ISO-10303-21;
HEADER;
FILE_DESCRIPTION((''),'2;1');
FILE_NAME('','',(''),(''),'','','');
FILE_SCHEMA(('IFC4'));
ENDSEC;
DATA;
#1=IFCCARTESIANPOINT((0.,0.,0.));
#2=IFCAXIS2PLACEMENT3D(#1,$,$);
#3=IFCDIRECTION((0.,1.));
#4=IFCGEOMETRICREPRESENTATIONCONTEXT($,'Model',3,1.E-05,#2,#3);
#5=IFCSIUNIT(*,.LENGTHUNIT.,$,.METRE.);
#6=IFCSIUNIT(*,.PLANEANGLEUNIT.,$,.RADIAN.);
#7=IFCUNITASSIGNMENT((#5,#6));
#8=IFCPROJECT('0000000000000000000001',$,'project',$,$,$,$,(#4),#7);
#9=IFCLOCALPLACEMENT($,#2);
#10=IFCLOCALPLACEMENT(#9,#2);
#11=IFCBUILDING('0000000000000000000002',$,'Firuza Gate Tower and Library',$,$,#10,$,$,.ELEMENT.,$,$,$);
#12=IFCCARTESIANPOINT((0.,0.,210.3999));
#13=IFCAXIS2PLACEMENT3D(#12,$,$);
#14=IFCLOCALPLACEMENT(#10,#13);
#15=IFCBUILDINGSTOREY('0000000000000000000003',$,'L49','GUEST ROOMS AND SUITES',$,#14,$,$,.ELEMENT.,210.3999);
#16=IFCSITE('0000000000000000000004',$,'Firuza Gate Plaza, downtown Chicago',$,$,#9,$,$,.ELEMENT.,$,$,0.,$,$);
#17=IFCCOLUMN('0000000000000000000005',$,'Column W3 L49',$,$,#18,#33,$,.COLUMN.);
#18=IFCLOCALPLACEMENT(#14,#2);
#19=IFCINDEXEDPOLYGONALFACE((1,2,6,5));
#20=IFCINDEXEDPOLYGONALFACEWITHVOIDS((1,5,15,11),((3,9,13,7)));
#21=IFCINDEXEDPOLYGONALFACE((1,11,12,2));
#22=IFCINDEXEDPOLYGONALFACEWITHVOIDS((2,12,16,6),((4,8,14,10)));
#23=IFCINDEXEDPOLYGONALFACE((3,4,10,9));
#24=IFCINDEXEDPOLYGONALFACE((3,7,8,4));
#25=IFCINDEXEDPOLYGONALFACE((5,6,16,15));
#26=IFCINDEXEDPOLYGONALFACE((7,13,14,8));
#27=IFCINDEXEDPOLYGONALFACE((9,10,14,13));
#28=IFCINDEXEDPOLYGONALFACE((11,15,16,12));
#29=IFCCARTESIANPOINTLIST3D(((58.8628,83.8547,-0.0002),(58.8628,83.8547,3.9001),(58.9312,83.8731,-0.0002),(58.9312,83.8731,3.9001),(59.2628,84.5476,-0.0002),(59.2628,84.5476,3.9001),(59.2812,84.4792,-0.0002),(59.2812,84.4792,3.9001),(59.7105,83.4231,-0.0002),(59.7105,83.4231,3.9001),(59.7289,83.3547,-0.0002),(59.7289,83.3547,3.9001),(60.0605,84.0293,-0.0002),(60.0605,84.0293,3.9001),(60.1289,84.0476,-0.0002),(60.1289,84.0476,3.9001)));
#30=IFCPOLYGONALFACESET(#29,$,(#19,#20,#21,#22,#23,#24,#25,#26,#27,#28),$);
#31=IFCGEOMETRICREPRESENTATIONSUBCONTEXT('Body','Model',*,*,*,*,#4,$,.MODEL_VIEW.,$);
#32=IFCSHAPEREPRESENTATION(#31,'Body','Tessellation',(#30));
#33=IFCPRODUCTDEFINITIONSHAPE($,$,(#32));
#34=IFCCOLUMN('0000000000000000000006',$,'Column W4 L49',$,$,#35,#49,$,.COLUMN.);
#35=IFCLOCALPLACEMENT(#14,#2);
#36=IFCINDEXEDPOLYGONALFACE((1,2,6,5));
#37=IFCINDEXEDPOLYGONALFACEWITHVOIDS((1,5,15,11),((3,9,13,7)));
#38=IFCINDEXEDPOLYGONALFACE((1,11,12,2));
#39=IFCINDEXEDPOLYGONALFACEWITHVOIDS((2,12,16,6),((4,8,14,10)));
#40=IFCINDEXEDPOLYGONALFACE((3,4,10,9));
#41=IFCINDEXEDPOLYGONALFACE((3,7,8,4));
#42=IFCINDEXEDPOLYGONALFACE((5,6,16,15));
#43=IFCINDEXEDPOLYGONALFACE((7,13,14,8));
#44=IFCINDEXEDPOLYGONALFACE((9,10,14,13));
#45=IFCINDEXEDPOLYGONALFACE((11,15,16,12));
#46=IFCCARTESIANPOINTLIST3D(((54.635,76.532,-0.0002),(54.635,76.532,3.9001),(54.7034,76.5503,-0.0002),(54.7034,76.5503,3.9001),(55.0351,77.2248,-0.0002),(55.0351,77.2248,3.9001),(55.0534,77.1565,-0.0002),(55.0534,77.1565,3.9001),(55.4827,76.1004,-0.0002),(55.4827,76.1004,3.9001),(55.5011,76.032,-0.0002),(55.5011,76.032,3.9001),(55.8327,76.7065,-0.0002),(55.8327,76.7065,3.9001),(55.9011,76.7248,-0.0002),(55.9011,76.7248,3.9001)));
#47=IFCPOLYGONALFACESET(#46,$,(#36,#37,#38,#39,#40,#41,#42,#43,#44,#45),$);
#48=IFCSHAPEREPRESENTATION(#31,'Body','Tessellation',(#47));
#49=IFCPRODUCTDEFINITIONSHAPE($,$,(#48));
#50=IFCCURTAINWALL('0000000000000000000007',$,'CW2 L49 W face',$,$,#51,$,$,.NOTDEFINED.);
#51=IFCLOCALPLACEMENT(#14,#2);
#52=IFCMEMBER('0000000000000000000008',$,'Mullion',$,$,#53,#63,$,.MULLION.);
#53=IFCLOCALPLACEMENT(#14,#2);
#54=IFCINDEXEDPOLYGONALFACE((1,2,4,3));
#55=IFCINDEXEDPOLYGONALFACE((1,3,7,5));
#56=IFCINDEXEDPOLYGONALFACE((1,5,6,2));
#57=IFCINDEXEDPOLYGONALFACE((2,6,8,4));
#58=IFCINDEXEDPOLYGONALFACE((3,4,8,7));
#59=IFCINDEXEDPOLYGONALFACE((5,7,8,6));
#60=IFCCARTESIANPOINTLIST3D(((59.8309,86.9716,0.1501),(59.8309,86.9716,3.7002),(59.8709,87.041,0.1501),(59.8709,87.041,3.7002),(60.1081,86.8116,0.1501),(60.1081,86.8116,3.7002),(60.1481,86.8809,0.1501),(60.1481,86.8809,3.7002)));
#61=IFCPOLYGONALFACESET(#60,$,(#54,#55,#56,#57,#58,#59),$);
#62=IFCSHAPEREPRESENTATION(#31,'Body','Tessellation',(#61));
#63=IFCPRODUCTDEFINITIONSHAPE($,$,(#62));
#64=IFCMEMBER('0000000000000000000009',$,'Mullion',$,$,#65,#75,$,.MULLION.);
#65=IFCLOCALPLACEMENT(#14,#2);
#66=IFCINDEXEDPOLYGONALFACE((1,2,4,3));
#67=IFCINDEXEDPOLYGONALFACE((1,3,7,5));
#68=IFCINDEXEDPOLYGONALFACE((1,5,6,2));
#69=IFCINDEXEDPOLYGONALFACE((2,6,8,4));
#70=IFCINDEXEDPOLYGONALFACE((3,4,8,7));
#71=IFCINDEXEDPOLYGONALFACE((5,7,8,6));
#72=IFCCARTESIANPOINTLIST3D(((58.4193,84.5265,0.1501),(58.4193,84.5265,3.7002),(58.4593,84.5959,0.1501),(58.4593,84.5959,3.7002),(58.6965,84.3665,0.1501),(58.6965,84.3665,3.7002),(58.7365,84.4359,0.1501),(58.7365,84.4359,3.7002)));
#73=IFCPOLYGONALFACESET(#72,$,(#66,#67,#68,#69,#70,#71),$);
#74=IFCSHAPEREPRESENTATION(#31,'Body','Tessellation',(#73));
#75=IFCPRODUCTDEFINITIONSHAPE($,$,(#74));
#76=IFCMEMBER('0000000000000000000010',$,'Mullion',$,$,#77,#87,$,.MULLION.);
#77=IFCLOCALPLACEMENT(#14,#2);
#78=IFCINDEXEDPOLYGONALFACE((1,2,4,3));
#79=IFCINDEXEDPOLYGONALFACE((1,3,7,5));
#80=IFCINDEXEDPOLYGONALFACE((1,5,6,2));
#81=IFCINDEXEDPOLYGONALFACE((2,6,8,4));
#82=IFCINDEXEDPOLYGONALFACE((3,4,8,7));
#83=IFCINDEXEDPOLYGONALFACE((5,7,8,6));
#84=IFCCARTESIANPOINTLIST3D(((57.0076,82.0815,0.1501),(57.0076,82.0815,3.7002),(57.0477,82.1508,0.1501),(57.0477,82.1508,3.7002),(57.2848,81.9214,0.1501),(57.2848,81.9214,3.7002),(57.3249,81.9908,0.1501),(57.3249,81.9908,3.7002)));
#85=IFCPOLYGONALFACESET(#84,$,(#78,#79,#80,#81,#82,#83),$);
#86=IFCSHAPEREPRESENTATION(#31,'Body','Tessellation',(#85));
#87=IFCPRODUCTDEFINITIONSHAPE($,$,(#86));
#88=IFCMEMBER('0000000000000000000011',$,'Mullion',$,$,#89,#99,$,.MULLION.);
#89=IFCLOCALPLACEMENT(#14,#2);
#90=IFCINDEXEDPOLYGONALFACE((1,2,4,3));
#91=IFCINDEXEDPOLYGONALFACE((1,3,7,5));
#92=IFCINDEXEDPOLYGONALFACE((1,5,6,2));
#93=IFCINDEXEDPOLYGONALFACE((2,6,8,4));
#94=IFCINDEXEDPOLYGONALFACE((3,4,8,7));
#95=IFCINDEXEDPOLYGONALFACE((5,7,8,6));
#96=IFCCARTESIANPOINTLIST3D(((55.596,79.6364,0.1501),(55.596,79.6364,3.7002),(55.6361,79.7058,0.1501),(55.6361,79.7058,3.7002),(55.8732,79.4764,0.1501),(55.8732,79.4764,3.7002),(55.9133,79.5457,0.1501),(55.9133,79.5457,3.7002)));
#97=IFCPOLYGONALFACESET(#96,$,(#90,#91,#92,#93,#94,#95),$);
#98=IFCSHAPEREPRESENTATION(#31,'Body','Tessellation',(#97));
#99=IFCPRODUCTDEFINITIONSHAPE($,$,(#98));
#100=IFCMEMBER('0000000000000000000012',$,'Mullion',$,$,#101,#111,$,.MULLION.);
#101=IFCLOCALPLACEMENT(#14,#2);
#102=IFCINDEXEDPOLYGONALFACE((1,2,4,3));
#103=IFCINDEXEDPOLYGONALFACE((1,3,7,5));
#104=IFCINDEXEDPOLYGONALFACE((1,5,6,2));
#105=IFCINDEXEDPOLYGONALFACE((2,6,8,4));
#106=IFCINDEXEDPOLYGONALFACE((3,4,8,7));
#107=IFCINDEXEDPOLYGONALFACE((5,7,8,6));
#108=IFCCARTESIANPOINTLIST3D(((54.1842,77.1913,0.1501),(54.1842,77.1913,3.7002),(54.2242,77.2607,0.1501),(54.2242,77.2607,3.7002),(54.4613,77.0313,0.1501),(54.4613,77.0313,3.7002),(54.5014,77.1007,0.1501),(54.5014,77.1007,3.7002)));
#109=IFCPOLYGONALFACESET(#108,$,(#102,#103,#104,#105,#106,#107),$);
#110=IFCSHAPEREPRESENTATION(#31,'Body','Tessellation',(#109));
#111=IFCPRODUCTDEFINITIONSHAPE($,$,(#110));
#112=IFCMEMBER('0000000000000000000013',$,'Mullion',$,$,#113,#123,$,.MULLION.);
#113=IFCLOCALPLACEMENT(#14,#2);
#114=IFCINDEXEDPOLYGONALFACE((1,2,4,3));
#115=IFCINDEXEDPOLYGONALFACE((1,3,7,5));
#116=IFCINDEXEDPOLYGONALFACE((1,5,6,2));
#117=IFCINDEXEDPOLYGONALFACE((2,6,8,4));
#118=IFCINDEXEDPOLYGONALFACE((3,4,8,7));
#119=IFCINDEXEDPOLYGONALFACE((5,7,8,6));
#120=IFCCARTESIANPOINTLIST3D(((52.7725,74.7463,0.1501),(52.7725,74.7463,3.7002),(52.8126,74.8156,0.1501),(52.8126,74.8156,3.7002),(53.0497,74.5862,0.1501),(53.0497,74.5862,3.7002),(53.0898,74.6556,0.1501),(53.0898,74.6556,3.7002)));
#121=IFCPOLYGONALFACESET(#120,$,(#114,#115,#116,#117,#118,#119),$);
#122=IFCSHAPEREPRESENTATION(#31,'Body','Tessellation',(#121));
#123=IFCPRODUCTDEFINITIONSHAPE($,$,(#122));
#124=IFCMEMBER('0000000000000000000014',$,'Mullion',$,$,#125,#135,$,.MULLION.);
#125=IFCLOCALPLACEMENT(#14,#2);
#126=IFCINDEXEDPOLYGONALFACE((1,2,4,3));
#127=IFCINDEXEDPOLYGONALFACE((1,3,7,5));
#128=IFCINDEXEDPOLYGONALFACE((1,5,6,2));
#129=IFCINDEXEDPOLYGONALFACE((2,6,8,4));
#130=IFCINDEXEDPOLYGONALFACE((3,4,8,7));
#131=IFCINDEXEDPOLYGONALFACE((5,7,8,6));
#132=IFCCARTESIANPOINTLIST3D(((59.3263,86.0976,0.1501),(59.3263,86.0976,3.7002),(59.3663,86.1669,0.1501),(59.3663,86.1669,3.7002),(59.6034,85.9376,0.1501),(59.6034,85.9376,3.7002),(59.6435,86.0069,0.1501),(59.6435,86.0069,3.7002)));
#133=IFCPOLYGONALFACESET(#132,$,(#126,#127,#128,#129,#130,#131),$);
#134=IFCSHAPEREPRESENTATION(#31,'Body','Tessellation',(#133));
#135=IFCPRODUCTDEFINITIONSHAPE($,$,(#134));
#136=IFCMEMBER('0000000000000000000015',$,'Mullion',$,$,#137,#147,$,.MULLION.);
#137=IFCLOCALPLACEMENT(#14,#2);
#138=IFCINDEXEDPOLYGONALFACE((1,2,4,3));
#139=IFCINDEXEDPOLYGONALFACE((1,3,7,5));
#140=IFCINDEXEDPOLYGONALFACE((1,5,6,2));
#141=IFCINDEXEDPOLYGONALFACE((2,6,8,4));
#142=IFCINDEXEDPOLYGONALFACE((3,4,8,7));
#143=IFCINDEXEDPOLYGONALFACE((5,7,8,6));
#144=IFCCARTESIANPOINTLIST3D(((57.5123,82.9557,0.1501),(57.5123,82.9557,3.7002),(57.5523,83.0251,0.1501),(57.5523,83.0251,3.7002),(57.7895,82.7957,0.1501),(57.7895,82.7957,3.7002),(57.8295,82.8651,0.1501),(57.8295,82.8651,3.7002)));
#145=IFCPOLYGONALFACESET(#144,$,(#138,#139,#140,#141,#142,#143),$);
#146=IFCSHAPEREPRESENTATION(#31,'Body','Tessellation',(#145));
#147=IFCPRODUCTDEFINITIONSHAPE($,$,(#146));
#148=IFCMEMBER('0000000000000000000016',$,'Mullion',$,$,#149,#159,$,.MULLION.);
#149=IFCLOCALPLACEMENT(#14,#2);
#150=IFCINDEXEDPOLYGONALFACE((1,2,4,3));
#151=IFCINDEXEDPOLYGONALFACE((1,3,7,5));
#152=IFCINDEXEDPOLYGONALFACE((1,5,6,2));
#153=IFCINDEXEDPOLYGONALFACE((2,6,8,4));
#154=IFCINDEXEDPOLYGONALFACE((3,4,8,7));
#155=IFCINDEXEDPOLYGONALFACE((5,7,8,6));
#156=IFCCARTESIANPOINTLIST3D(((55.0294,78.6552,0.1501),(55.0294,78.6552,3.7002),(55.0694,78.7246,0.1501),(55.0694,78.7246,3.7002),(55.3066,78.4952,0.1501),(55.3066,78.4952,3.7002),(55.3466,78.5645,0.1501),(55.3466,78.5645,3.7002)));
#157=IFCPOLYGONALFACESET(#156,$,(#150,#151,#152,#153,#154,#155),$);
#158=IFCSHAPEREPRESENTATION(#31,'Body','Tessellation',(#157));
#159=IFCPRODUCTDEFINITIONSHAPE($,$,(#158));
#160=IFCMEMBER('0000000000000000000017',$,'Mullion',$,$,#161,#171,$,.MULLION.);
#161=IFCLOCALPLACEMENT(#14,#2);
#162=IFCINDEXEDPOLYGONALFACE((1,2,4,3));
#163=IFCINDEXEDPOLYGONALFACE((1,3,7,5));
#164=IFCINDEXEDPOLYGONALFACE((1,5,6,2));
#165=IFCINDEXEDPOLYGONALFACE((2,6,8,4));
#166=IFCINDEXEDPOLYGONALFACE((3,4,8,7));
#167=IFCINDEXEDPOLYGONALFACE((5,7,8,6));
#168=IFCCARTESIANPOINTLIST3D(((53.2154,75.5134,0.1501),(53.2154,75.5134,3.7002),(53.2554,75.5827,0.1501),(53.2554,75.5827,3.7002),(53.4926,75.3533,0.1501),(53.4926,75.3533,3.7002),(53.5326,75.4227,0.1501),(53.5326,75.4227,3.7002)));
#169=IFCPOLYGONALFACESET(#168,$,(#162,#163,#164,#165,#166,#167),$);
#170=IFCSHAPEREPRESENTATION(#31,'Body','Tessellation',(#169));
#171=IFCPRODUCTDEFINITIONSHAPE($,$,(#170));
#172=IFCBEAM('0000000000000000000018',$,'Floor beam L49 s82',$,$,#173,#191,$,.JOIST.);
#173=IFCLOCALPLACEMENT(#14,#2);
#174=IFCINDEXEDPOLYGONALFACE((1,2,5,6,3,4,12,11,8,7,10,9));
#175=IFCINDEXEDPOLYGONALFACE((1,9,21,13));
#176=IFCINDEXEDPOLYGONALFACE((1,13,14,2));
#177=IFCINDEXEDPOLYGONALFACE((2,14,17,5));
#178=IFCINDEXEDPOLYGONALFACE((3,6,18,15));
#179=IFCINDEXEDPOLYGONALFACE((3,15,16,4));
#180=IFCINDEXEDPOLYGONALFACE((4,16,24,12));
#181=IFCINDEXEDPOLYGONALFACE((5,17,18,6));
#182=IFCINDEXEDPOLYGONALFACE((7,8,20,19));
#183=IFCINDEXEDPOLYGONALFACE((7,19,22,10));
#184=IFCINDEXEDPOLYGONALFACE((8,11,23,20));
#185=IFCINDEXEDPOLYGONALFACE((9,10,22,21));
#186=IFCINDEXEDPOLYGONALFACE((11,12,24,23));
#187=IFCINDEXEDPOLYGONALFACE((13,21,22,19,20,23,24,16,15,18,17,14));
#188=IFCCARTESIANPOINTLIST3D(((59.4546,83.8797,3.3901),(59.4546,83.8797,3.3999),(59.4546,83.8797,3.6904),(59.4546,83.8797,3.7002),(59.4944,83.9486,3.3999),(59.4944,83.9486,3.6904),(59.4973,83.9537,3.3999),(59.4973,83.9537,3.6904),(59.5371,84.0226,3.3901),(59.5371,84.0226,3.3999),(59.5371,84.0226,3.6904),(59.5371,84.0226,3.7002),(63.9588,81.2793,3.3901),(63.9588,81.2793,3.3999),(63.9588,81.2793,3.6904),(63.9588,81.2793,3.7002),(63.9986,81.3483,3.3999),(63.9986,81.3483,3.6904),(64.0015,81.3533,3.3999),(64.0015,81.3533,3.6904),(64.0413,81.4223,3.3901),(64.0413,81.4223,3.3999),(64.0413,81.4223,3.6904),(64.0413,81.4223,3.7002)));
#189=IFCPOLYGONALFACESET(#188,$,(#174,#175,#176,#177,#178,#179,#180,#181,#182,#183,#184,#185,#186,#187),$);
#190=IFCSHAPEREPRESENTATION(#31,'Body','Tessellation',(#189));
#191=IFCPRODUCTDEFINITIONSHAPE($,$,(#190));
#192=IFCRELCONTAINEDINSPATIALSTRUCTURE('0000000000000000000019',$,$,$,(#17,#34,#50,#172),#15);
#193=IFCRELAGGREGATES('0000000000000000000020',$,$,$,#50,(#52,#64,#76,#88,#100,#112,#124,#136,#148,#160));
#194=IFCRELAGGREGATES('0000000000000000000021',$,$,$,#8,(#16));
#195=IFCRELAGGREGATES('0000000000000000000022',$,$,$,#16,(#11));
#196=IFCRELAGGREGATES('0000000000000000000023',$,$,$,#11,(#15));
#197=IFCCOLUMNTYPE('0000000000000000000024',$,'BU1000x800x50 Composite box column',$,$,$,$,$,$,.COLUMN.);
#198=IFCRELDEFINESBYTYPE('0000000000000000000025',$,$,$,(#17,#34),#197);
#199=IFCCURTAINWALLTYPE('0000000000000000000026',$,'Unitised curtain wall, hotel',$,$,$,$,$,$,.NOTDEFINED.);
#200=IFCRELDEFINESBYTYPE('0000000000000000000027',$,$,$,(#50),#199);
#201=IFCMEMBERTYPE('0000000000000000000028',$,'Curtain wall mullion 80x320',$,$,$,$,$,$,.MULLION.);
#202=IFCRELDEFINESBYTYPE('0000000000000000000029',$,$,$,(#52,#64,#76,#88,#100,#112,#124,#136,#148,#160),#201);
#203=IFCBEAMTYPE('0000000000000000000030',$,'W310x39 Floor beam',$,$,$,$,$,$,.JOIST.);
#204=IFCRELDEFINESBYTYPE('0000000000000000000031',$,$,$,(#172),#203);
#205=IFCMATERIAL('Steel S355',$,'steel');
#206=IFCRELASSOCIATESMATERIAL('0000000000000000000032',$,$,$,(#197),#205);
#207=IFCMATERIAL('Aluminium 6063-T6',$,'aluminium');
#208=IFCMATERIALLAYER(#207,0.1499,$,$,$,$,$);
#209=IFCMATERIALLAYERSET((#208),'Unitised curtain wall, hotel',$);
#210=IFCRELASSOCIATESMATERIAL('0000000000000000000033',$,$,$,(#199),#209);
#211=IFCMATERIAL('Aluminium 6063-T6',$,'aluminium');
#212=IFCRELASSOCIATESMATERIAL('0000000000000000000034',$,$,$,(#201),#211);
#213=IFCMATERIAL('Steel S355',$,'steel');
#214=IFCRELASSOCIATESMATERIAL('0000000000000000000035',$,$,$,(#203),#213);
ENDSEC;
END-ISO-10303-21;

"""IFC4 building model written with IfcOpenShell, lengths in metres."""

from ifc_helpers import new_model, si_unit, direction, frame, origin, origin_2d, place, context, subcontext, project, spatial, rectangle, hollow_rectangle, i_section, extrude, material, layer, layer_set, material_profile, profile_set, type_object, element, aggregate, save


model = new_model("IFC4")

# Units and contexts
model_context = context("Model", 3, precision=1e-05, world=origin(), true_north=direction((0.0, 1.0)))
body_context = subcontext(model_context, "Body", "Model", "MODEL_VIEW")
ifc_project = project(units=[si_unit("LENGTHUNIT", "METRE"), si_unit("PLANEANGLEUNIT", "RADIAN")], contexts=[model_context])

# Site, building, storey
site_placement = place(None, origin())
site = spatial("IfcSite", under=ifc_project, at=site_placement, Name="Firuza Gate Plaza, downtown Chicago", CompositionType="ELEMENT", RefElevation=0.0)
building_placement = place(site_placement, origin())
building = spatial("IfcBuilding", under=site, at=building_placement, Name="Firuza Gate Tower and Library", CompositionType="ELEMENT")
storey_placement = place(building_placement, frame((0.0, 0.0, 210.3999)))
storey = spatial("IfcBuildingStorey", under=building, at=storey_placement, Name="L49", Description="GUEST ROOMS AND SUITES", CompositionType="ELEMENT", Elevation=210.3999)

# Columns
ifc_material_1 = material(Name="Steel S355", Category="steel")
ifc_material_profile_1 = material_profile(ifc_material_1, hollow_rectangle(XDim=0.8, YDim=1.0, WallThickness=0.05, at=origin_2d()))
ifc_profile_set_1 = profile_set([ifc_material_profile_1], Name="Steel S355")
column_type = type_object("IfcColumnType", Name="BU1000x800x50 Composite box column", PredefinedType="COLUMN", material=ifc_profile_set_1)
for number, where, z_axis, x_axis, name in (
    (1, (59.4958, 83.9512, -0.0002), (0.0, 0.0, 1.0), (-0.5, -0.866025, 0.0), "Column W3 L49"),
    (2, (55.2681, 76.6284, -0.0002), (0.0, 0.0, 1.0), (-0.5, -0.866025, 0.0), "Column W4 L49"),
):
    element("IfcColumn", number, at=place(storey_placement, frame(where, z_axis=z_axis, x_axis=x_axis)), inside=storey, type_object=column_type, Name=name, PredefinedType="COLUMN", context=body_context, shape_type="SweptSolid", body=[
        extrude(hollow_rectangle(XDim=0.8, YDim=1.0, WallThickness=0.05, at=origin_2d()), origin(), (0.0, 0.0, 1.0), 3.9004),
    ])

# Curtain wall, members
ifc_material_2 = material(Name="Aluminium 6063-T6", Category="aluminium")
ifc_layer_1 = layer(ifc_material_2, 0.1499)
ifc_layer_set_1 = layer_set([ifc_layer_1], Name="Unitised curtain wall, hotel")
curtain_wall_type = type_object("IfcCurtainWallType", Name="Unitised curtain wall, hotel", PredefinedType="NOTDEFINED", material=ifc_layer_set_1)
curtain_wall_placement = place(storey_placement, origin())
curtain_wall = element("IfcCurtainWall", 3, at=curtain_wall_placement, inside=storey, type_object=curtain_wall_type, Name="CW2 L49 W face", PredefinedType="NOTDEFINED")
ifc_material_3 = material(Name="Aluminium 6063-T6", Category="aluminium")
ifc_material_profile_2 = material_profile(ifc_material_3, rectangle(XDim=0.3201, YDim=0.0801, at=origin_2d()))
ifc_profile_set_2 = profile_set([ifc_material_profile_2], Name="Aluminium 6063-T6")
member_type = type_object("IfcMemberType", Name="Curtain wall mullion 80x320", PredefinedType="MULLION", material=ifc_profile_set_2)
member_1_placement = place(storey_placement, frame((59.9895, 86.9263, 0.1501), z_axis=(0.0, 0.0, 1.0), x_axis=(0.866025, -0.5, 0.0)))
member_1 = element("IfcMember", 4, at=member_1_placement, type_object=member_type, Name="Mullion", PredefinedType="MULLION", context=body_context, shape_type="SweptSolid", body=[
    extrude(rectangle(XDim=0.3201, YDim=0.0801, at=origin_2d()), origin(), (0.0, 0.0, 1.0), 3.55),
])
member_2_placement = place(storey_placement, frame((58.5779, 84.4812, 0.1501), z_axis=(0.0, 0.0, 1.0), x_axis=(0.866025, -0.5, 0.0)))
member_2 = element("IfcMember", 5, at=member_2_placement, type_object=member_type, Name="Mullion", PredefinedType="MULLION", context=body_context, shape_type="SweptSolid", body=[
    extrude(rectangle(XDim=0.3201, YDim=0.0801, at=origin_2d()), origin(), (0.0, 0.0, 1.0), 3.55),
])
member_3_placement = place(storey_placement, frame((57.1663, 82.0361, 0.1501), z_axis=(0.0, 0.0, 1.0), x_axis=(0.866025, -0.5, 0.0)))
member_3 = element("IfcMember", 6, at=member_3_placement, type_object=member_type, Name="Mullion", PredefinedType="MULLION", context=body_context, shape_type="SweptSolid", body=[
    extrude(rectangle(XDim=0.3201, YDim=0.0801, at=origin_2d()), origin(), (0.0, 0.0, 1.0), 3.55),
])
member_4_placement = place(storey_placement, frame((55.7546, 79.5911, 0.1501), z_axis=(0.0, 0.0, 1.0), x_axis=(0.866025, -0.5, 0.0)))
member_4 = element("IfcMember", 7, at=member_4_placement, type_object=member_type, Name="Mullion", PredefinedType="MULLION", context=body_context, shape_type="SweptSolid", body=[
    extrude(rectangle(XDim=0.3201, YDim=0.0801, at=origin_2d()), origin(), (0.0, 0.0, 1.0), 3.55),
])
member_5_placement = place(storey_placement, frame((54.3428, 77.146, 0.1501), z_axis=(0.0, 0.0, 1.0), x_axis=(0.866025, -0.5, 0.0)))
member_5 = element("IfcMember", 8, at=member_5_placement, type_object=member_type, Name="Mullion", PredefinedType="MULLION", context=body_context, shape_type="SweptSolid", body=[
    extrude(rectangle(XDim=0.3201, YDim=0.0801, at=origin_2d()), origin(), (0.0, 0.0, 1.0), 3.55),
])
member_6_placement = place(storey_placement, frame((52.9312, 74.7009, 0.1501), z_axis=(0.0, 0.0, 1.0), x_axis=(0.866025, -0.5, 0.0)))
member_6 = element("IfcMember", 9, at=member_6_placement, type_object=member_type, Name="Mullion", PredefinedType="MULLION", context=body_context, shape_type="SweptSolid", body=[
    extrude(rectangle(XDim=0.3201, YDim=0.0801, at=origin_2d()), origin(), (0.0, 0.0, 1.0), 3.55),
])
member_7_placement = place(storey_placement, frame((59.4849, 86.0522, 0.1501), z_axis=(0.0, 0.0, 1.0), x_axis=(0.866025, -0.5, 0.0)))
member_7 = element("IfcMember", 10, at=member_7_placement, type_object=member_type, Name="Mullion", PredefinedType="MULLION", context=body_context, shape_type="SweptSolid", body=[
    extrude(rectangle(XDim=0.3201, YDim=0.0801, at=origin_2d()), origin(), (0.0, 0.0, 1.0), 3.55),
])
member_8_placement = place(storey_placement, frame((57.6709, 82.9104, 0.1501), z_axis=(0.0, 0.0, 1.0), x_axis=(0.866025, -0.5, 0.0)))
member_8 = element("IfcMember", 11, at=member_8_placement, type_object=member_type, Name="Mullion", PredefinedType="MULLION", context=body_context, shape_type="SweptSolid", body=[
    extrude(rectangle(XDim=0.3201, YDim=0.0801, at=origin_2d()), origin(), (0.0, 0.0, 1.0), 3.55),
])
member_9_placement = place(storey_placement, frame((55.188, 78.6099, 0.1501), z_axis=(0.0, 0.0, 1.0), x_axis=(0.866025, -0.5, 0.0)))
member_9 = element("IfcMember", 12, at=member_9_placement, type_object=member_type, Name="Mullion", PredefinedType="MULLION", context=body_context, shape_type="SweptSolid", body=[
    extrude(rectangle(XDim=0.3201, YDim=0.0801, at=origin_2d()), origin(), (0.0, 0.0, 1.0), 3.55),
])
member_10_placement = place(storey_placement, frame((53.374, 75.468, 0.1501), z_axis=(0.0, 0.0, 1.0), x_axis=(0.866025, -0.5, 0.0)))
member_10 = element("IfcMember", 13, at=member_10_placement, type_object=member_type, Name="Mullion", PredefinedType="MULLION", context=body_context, shape_type="SweptSolid", body=[
    extrude(rectangle(XDim=0.3201, YDim=0.0801, at=origin_2d()), origin(), (0.0, 0.0, 1.0), 3.55),
])

# Beam
ifc_material_4 = material(Name="Steel S355", Category="steel")
ifc_material_profile_3 = material_profile(ifc_material_4, i_section(OverallWidth=0.165, OverallDepth=0.3101, WebThickness=0.0059, FlangeThickness=0.0098, at=origin_2d()))
ifc_profile_set_3 = profile_set([ifc_material_profile_3], Name="Steel S355")
beam_type_1 = type_object("IfcBeamType", Name="W310x39 Floor beam", PredefinedType="JOIST", material=ifc_profile_set_3)
beam_1_placement = place(storey_placement, frame((59.4958, 83.9512, 3.5452), z_axis=(0.866036, -0.499981, 0.0), x_axis=(0.499981, 0.866036, 0.0)))
element("IfcBeam", 14, at=beam_1_placement, inside=storey, type_object=beam_type_1, Name="Floor beam L49 s82", PredefinedType="JOIST", context=body_context, shape_type="SweptSolid", body=[
    extrude(i_section(OverallWidth=0.165, OverallDepth=0.3101, WebThickness=0.0059, FlangeThickness=0.0098, at=origin_2d()), origin(), (0.0, 0.0, 1.0), 5.2009),
])

aggregate(curtain_wall, [member_1, member_2, member_3, member_4, member_5, member_6, member_7, member_8, member_9, member_10])

save(model, "model.ifc")
